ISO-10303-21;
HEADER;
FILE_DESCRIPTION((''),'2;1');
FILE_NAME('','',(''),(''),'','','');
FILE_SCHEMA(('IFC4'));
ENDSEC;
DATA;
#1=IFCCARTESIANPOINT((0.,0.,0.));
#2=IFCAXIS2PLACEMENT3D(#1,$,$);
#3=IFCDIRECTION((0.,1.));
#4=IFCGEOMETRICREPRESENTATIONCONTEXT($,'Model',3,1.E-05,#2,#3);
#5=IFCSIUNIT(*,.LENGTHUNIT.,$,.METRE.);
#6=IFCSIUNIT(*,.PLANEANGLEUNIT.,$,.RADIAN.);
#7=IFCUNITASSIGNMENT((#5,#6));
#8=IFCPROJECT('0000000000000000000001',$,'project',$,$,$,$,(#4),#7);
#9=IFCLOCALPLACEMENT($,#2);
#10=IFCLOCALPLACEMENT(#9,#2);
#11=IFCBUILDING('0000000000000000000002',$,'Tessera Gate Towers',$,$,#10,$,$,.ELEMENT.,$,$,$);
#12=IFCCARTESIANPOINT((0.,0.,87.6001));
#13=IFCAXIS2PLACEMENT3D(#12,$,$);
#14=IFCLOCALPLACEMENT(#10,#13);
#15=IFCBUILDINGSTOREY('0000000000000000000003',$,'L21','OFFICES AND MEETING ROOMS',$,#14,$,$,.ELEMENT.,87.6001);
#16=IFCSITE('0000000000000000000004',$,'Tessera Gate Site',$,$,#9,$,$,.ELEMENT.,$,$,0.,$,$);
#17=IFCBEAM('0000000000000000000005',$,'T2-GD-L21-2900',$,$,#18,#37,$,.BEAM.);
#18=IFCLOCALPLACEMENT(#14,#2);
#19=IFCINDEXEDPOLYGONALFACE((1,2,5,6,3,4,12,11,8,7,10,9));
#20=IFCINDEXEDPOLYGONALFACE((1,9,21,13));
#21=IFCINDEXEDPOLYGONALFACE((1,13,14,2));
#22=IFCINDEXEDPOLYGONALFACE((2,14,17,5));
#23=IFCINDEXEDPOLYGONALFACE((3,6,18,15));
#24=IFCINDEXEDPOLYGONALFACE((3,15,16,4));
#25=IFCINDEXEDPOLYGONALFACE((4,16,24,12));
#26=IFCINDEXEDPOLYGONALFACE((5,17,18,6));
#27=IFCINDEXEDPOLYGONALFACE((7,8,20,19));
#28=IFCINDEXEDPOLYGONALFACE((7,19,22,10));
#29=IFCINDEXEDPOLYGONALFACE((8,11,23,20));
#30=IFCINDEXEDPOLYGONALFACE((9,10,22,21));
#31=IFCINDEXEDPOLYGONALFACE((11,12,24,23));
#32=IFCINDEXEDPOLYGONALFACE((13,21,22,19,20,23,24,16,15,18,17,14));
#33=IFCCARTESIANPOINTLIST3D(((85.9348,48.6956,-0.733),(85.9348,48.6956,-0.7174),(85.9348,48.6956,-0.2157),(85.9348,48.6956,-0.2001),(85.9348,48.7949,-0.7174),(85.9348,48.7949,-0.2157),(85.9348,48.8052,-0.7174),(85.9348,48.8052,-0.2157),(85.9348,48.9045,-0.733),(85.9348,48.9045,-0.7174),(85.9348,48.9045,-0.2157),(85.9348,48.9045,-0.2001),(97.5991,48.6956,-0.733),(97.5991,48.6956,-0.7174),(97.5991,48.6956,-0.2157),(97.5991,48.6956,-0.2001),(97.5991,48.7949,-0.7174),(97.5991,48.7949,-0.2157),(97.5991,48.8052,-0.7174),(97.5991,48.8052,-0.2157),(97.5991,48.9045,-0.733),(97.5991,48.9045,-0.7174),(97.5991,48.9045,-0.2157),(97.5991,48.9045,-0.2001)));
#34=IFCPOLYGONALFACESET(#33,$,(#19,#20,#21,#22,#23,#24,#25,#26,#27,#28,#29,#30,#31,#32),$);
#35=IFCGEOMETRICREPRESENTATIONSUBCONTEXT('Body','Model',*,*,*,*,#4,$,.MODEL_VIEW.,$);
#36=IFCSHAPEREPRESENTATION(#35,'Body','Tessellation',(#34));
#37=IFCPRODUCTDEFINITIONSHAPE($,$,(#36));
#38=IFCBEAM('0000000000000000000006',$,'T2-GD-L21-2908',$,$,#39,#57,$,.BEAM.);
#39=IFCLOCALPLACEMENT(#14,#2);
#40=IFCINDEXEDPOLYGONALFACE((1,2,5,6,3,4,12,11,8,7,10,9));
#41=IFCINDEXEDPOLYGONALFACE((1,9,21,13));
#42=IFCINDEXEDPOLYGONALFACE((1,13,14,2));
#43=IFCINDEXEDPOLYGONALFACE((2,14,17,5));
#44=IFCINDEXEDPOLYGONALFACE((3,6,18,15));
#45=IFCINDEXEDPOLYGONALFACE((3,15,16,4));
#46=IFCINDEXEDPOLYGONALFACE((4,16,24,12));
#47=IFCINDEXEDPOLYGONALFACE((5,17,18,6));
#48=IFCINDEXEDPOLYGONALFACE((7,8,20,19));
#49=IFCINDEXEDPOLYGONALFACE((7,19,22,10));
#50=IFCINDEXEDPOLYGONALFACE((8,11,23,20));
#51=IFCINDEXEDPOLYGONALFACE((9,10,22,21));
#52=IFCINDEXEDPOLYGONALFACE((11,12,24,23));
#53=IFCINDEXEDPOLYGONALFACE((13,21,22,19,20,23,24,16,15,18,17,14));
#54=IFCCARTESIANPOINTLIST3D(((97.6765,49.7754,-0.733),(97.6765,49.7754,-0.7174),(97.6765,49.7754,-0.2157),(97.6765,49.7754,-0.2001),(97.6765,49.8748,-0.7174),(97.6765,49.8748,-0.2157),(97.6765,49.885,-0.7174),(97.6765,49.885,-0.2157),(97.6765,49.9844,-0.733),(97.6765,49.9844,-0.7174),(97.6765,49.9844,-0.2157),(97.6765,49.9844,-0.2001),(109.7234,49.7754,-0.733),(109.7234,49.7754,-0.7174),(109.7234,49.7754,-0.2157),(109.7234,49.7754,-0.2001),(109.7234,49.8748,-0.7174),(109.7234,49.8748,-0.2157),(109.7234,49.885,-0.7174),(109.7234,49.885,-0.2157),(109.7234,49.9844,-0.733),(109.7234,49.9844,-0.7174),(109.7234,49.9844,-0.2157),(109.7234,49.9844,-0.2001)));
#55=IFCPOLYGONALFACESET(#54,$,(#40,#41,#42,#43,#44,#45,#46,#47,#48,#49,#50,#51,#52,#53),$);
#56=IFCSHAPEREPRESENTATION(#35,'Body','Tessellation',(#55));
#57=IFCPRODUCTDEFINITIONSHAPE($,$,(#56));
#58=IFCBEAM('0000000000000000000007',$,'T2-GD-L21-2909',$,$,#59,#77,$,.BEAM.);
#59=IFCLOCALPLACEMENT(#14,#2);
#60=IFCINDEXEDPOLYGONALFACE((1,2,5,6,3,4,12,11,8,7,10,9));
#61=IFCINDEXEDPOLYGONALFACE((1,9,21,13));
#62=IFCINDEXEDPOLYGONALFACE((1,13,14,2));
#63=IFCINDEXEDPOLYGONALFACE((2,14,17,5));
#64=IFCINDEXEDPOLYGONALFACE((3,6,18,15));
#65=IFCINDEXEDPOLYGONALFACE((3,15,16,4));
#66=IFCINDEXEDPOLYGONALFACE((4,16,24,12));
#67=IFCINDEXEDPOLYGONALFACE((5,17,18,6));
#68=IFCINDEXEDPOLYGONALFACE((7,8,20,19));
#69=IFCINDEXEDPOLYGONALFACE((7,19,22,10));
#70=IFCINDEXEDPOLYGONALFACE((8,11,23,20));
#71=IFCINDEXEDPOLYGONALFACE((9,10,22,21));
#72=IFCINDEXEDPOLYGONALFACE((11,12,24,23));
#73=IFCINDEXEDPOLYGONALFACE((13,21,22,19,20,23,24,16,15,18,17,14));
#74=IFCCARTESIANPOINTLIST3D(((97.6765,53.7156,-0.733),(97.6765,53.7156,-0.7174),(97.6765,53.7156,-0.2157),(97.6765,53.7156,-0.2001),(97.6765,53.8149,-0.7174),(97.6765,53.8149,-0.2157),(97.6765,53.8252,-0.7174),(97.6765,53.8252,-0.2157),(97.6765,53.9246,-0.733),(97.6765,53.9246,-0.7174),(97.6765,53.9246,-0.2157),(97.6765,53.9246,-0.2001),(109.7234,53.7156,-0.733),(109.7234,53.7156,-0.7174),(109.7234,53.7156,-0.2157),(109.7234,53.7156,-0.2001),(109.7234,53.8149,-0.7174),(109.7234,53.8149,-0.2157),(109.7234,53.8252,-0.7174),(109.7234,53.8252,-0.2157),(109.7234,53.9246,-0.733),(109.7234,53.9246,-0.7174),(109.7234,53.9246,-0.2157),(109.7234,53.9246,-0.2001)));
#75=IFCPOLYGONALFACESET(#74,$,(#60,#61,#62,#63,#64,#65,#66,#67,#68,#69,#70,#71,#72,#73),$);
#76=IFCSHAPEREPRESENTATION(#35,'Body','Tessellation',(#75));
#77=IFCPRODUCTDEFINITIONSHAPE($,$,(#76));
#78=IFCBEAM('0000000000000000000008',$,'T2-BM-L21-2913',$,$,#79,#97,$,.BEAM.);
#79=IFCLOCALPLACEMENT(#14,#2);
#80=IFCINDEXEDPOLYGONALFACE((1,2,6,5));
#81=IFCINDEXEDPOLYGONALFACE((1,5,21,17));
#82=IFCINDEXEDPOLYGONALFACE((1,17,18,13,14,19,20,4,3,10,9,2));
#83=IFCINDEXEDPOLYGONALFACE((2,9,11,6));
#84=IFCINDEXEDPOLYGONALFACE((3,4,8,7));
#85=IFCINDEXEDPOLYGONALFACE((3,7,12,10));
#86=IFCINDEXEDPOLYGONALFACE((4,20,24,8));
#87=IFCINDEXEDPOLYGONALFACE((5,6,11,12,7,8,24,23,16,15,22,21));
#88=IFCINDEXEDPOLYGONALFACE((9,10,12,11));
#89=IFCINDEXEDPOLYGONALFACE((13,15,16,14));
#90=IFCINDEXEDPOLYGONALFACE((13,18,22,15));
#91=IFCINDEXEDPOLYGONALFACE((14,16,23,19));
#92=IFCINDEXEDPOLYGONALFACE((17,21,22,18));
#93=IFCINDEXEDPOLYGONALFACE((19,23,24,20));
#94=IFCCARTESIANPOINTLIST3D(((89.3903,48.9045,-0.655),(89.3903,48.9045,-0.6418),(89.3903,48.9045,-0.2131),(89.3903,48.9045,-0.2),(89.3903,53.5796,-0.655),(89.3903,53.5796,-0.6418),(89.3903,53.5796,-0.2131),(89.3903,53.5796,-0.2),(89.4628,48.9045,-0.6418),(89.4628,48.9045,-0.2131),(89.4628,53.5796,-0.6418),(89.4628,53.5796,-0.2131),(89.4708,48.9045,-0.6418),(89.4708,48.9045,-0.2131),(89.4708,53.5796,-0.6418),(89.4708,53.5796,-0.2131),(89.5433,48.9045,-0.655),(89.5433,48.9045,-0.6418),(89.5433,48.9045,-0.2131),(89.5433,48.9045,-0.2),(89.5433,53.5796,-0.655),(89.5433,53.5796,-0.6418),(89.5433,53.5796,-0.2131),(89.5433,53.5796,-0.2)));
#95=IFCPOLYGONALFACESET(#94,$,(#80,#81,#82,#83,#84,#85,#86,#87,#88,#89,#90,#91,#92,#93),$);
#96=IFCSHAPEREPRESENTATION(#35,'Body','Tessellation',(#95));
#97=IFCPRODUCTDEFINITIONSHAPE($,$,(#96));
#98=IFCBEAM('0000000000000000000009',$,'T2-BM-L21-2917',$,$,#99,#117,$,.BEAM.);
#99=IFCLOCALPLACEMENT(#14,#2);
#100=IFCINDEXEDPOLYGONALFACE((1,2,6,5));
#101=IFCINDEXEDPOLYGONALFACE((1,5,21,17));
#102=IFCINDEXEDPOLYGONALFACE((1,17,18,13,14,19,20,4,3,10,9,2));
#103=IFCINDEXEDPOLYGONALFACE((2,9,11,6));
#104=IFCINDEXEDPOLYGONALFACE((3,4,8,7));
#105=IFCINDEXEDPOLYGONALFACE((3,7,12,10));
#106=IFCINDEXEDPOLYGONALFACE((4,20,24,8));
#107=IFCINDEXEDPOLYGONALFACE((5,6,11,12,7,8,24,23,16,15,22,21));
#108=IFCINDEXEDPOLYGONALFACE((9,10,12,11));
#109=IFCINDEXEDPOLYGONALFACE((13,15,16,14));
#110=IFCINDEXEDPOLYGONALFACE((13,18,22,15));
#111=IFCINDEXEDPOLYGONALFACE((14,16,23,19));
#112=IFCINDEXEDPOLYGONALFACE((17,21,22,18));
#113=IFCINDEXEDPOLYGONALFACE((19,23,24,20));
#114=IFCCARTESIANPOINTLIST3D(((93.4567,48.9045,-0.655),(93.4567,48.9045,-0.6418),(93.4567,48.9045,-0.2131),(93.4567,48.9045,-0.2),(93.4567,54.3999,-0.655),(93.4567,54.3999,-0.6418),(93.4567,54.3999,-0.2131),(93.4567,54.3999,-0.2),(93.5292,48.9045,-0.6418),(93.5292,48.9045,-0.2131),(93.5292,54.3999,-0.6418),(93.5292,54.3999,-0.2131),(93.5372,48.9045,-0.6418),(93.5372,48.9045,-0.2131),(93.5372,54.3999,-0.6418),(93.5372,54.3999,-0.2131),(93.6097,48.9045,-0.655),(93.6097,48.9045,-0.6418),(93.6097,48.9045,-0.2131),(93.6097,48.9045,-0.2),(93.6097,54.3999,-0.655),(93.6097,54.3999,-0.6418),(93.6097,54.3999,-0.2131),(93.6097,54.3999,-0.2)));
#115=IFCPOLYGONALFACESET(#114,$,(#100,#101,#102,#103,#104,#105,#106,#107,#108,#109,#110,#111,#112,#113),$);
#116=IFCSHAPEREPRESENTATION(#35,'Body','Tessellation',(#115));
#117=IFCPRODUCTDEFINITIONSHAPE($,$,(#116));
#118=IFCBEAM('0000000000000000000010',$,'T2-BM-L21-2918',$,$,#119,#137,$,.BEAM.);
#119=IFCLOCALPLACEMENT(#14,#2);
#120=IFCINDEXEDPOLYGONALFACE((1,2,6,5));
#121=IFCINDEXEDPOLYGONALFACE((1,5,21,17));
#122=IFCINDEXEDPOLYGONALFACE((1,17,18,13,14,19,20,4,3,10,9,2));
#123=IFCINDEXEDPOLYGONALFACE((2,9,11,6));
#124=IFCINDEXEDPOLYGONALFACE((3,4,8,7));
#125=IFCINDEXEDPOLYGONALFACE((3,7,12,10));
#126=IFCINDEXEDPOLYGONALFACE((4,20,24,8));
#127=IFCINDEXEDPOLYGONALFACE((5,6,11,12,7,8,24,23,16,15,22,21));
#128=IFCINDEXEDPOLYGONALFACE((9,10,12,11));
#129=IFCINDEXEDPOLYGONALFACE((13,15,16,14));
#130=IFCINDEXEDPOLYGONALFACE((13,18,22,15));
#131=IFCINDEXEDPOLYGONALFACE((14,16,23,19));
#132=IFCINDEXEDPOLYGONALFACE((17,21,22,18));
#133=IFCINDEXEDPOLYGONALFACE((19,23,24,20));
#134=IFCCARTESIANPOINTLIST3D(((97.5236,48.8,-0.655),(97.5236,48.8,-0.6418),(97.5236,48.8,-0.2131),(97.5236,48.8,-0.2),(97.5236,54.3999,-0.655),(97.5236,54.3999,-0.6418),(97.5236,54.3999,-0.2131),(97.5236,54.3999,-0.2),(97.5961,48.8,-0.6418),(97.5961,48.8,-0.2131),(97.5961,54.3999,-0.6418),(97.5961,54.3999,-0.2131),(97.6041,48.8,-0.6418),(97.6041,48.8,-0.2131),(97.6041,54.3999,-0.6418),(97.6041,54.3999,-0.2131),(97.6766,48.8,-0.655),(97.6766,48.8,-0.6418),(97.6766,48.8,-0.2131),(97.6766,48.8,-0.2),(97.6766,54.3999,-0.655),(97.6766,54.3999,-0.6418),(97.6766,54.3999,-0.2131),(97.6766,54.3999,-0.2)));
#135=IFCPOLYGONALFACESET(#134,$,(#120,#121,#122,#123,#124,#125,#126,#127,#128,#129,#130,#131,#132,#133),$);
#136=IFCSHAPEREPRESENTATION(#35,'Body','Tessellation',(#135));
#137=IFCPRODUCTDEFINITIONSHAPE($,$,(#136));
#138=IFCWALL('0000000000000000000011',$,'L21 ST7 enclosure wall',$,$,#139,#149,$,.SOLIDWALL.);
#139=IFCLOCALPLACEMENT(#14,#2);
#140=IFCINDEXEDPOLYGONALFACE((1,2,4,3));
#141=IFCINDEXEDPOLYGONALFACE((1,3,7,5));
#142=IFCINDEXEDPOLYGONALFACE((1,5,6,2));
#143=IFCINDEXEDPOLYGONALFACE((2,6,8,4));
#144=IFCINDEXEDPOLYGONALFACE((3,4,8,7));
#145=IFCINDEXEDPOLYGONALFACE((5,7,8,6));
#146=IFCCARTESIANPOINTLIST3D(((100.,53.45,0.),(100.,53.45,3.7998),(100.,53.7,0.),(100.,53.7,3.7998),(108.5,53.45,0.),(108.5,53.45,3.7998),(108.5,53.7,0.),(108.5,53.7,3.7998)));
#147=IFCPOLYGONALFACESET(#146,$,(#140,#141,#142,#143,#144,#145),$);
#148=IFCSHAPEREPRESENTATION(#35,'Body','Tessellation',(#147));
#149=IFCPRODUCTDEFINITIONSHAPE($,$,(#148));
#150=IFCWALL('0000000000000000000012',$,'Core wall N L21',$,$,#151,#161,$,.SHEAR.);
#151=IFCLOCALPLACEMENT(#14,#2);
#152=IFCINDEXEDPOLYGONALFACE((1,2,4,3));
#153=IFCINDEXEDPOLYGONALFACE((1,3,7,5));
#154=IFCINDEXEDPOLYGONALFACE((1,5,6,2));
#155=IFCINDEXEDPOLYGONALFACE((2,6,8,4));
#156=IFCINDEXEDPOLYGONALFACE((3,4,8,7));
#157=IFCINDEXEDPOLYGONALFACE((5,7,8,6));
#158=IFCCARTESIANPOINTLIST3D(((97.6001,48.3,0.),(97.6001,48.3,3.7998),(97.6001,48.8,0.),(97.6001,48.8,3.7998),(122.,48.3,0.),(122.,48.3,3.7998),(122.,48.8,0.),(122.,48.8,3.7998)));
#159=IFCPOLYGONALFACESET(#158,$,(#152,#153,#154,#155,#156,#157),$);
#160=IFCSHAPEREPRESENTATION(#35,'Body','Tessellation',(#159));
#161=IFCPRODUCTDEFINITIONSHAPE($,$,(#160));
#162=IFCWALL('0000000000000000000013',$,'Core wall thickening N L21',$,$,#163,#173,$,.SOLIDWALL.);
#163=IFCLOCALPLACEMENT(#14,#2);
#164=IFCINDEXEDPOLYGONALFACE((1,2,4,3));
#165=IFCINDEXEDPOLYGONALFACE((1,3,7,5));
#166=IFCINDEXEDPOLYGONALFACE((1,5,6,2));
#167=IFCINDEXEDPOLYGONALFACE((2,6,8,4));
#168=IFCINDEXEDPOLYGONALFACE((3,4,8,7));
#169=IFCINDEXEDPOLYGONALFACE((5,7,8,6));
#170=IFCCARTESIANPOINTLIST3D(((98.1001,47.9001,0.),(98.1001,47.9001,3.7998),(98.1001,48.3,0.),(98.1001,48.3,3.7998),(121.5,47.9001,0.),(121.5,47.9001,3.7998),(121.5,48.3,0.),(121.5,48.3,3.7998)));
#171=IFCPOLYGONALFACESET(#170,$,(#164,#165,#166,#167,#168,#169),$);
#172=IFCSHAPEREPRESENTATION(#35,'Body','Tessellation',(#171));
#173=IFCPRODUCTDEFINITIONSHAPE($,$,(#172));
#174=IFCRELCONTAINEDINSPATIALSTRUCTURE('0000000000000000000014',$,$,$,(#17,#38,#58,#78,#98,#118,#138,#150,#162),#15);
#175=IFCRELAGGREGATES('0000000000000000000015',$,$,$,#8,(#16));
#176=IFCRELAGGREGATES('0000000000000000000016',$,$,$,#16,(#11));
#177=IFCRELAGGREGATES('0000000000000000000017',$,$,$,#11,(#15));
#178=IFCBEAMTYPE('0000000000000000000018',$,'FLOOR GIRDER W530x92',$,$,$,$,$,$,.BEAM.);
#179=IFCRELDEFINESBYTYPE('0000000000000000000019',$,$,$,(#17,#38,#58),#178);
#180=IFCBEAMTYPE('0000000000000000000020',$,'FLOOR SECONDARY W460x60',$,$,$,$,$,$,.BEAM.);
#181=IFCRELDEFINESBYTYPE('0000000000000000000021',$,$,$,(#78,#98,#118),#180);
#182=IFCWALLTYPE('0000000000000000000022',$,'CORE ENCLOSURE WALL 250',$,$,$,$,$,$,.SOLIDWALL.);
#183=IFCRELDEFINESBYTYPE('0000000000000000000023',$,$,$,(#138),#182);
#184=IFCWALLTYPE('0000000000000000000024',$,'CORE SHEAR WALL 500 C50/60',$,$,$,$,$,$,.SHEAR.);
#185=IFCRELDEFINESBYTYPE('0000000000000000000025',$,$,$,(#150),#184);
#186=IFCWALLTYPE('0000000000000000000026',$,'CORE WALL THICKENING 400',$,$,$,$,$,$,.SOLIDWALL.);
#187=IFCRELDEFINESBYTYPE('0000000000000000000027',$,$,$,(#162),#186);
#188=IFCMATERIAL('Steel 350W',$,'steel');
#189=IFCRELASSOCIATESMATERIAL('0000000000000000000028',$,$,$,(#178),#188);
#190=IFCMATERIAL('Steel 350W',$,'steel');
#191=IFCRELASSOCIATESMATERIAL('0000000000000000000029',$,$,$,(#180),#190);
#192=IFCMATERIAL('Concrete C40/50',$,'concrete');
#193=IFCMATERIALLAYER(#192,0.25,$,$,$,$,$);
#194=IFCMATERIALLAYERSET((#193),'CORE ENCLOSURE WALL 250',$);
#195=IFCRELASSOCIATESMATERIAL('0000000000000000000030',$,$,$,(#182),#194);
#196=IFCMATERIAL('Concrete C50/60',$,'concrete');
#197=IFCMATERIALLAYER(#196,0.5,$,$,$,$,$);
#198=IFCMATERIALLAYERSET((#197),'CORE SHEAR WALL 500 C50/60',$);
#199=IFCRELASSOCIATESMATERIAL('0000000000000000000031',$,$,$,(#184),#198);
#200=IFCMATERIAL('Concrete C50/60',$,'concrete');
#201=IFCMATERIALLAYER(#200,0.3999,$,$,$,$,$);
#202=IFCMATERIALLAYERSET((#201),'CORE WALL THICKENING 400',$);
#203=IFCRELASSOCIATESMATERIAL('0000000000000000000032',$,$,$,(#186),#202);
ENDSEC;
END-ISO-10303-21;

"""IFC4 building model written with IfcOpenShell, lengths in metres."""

from ifc_helpers import new_model, si_unit, direction, frame, frame_2d, origin, origin_2d, place, context, subcontext, project, spatial, rectangle, i_section, extrude, material, layer, layer_set, material_profile, profile_set, type_object, element, save


model = new_model("IFC4")

# Units and contexts
model_context = context("Model", 3, precision=1e-05, world=origin(), true_north=direction((0.0, 1.0)))
body_context = subcontext(model_context, "Body", "Model", "MODEL_VIEW")
ifc_project = project(units=[si_unit("LENGTHUNIT", "METRE"), si_unit("PLANEANGLEUNIT", "RADIAN")], contexts=[model_context])

# Site, building, storey
site_placement = place(None, origin())
site = spatial("IfcSite", under=ifc_project, at=site_placement, Name="Tessera Gate Site", CompositionType="ELEMENT", RefElevation=0.0)
building_placement = place(site_placement, origin())
building = spatial("IfcBuilding", under=site, at=building_placement, Name="Tessera Gate Towers", CompositionType="ELEMENT")
storey_placement = place(building_placement, frame((0.0, 0.0, 87.6001)))
storey = spatial("IfcBuildingStorey", under=building, at=storey_placement, Name="L21", Description="OFFICES AND MEETING ROOMS", CompositionType="ELEMENT", Elevation=87.6001)

# Beams
ifc_material_1 = material(Name="Steel 350W", Category="steel")
ifc_material_profile_1 = material_profile(ifc_material_1, i_section(OverallWidth=0.209, OverallDepth=0.533, WebThickness=0.0103, FlangeThickness=0.0156, at=origin_2d()), Name="W530x92")
ifc_profile_set_1 = profile_set([ifc_material_profile_1], Name="Steel 350W")
beam_type_1 = type_object("IfcBeamType", Name="FLOOR GIRDER W530x92", PredefinedType="BEAM", material=ifc_profile_set_1)
beam_1_placement = place(storey_placement, frame((85.9348, 48.8, -0.4666), z_axis=(1.0, 0.0, 0.0), x_axis=(0.0, 1.0, 0.0)))
element("IfcBeam", 1, at=beam_1_placement, inside=storey, type_object=beam_type_1, Name="T2-GD-L21-2900", PredefinedType="BEAM", context=body_context, shape_type="SweptSolid", body=[
    extrude(i_section(OverallWidth=0.209, OverallDepth=0.533, WebThickness=0.0103, FlangeThickness=0.0156, at=origin_2d()), origin(), (0.0, 0.0, 1.0), 11.6643),
])
for number, where, z_axis, x_axis, name in (
    (2, (97.6765, 49.8799, -0.4666), (1.0, 0.0, 0.0), (0.0, 1.0, 0.0), "T2-GD-L21-2908"),
    (3, (97.6765, 53.8201, -0.4666), (1.0, 0.0, 0.0), (0.0, 1.0, 0.0), "T2-GD-L21-2909"),
):
    element("IfcBeam", number, at=place(storey_placement, frame(where, z_axis=z_axis, x_axis=x_axis)), inside=storey, type_object=beam_type_1, Name=name, PredefinedType="BEAM", context=body_context, shape_type="SweptSolid", body=[
        extrude(i_section(OverallWidth=0.209, OverallDepth=0.533, WebThickness=0.0103, FlangeThickness=0.0156, at=origin_2d()), origin(), (0.0, 0.0, 1.0), 12.0469),
    ])
ifc_material_2 = material(Name="Steel 350W", Category="steel")
ifc_material_profile_2 = material_profile(ifc_material_2, i_section(OverallWidth=0.1531, OverallDepth=0.4551, WebThickness=0.0081, FlangeThickness=0.0132, at=origin_2d()), Name="W460x60")
ifc_profile_set_2 = profile_set([ifc_material_profile_2], Name="Steel 350W")
beam_type_2 = type_object("IfcBeamType", Name="FLOOR SECONDARY W460x60", PredefinedType="BEAM", material=ifc_profile_set_2)
beam_2_placement = place(storey_placement, frame((89.4668, 48.9045, -0.4275), z_axis=(0.0, 1.0, 0.0), x_axis=(-1.0, 0.0, 0.0)))
element("IfcBeam", 4, at=beam_2_placement, inside=storey, type_object=beam_type_2, Name="T2-BM-L21-2913", PredefinedType="BEAM", context=body_context, shape_type="SweptSolid", body=[
    extrude(i_section(OverallWidth=0.1531, OverallDepth=0.4551, WebThickness=0.0081, FlangeThickness=0.0132, at=origin_2d()), origin(), (0.0, 0.0, 1.0), 4.675),
])
beam_3_placement = place(storey_placement, frame((93.5332, 48.9045, -0.4275), z_axis=(0.0, 1.0, 0.0), x_axis=(-1.0, 0.0, 0.0)))
element("IfcBeam", 5, at=beam_3_placement, inside=storey, type_object=beam_type_2, Name="T2-BM-L21-2917", PredefinedType="BEAM", context=body_context, shape_type="SweptSolid", body=[
    extrude(i_section(OverallWidth=0.1531, OverallDepth=0.4551, WebThickness=0.0081, FlangeThickness=0.0132, at=origin_2d()), origin(), (0.0, 0.0, 1.0), 5.4954),
])
beam_4_placement = place(storey_placement, frame((97.6001, 48.8, -0.4275), z_axis=(0.0, 1.0, 0.0), x_axis=(-1.0, 0.0, 0.0)))
element("IfcBeam", 6, at=beam_4_placement, inside=storey, type_object=beam_type_2, Name="T2-BM-L21-2918", PredefinedType="BEAM", context=body_context, shape_type="SweptSolid", body=[
    extrude(i_section(OverallWidth=0.1531, OverallDepth=0.4551, WebThickness=0.0081, FlangeThickness=0.0132, at=origin_2d()), origin(), (0.0, 0.0, 1.0), 5.5999),
])

# Walls
ifc_material_3 = material(Name="Concrete C40/50", Category="concrete")
ifc_layer_1 = layer(ifc_material_3, 0.25)
ifc_layer_set_1 = layer_set([ifc_layer_1], Name="CORE ENCLOSURE WALL 250")
wall_type_1 = type_object("IfcWallType", Name="CORE ENCLOSURE WALL 250", PredefinedType="SOLIDWALL", material=ifc_layer_set_1)
wall_1_placement = place(storey_placement, frame((100.0, 53.575, 0.0), z_axis=(0.0, 0.0, 1.0), x_axis=(1.0, 0.0, 0.0)))
element("IfcWall", 7, at=wall_1_placement, inside=storey, type_object=wall_type_1, Name="L21 ST7 enclosure wall", PredefinedType="SOLIDWALL", context=body_context, shape_type="SweptSolid", body=[
    extrude(rectangle(XDim=8.5, YDim=0.25, at=frame_2d((4.25, 0.0))), origin(), (0.0, 0.0, 1.0), 3.7998),
])
ifc_material_4 = material(Name="Concrete C50/60", Category="concrete")
ifc_layer_2 = layer(ifc_material_4, 0.5)
ifc_layer_set_2 = layer_set([ifc_layer_2], Name="CORE SHEAR WALL 500 C50/60")
wall_type_2 = type_object("IfcWallType", Name="CORE SHEAR WALL 500 C50/60", PredefinedType="SHEAR", material=ifc_layer_set_2)
wall_2_placement = place(storey_placement, frame((97.6001, 48.55, 0.0), z_axis=(0.0, 0.0, 1.0), x_axis=(1.0, 0.0, 0.0)))
element("IfcWall", 8, at=wall_2_placement, inside=storey, type_object=wall_type_2, Name="Core wall N L21", PredefinedType="SHEAR", context=body_context, shape_type="SweptSolid", body=[
    extrude(rectangle(XDim=24.3999, YDim=0.5, at=frame_2d((12.2, 0.0))), origin(), (0.0, 0.0, 1.0), 3.7998),
])
ifc_material_5 = material(Name="Concrete C50/60", Category="concrete")
ifc_layer_3 = layer(ifc_material_5, 0.3999)
ifc_layer_set_3 = layer_set([ifc_layer_3], Name="CORE WALL THICKENING 400")
wall_type_3 = type_object("IfcWallType", Name="CORE WALL THICKENING 400", PredefinedType="SOLIDWALL", material=ifc_layer_set_3)
wall_3_placement = place(storey_placement, frame((98.1001, 48.1001, 0.0), z_axis=(0.0, 0.0, 1.0), x_axis=(1.0, 0.0, 0.0)))
element("IfcWall", 9, at=wall_3_placement, inside=storey, type_object=wall_type_3, Name="Core wall thickening N L21", PredefinedType="SOLIDWALL", context=body_context, shape_type="SweptSolid", body=[
    extrude(rectangle(XDim=23.3999, YDim=0.3999, at=frame_2d((11.7, 0.0))), origin(), (0.0, 0.0, 1.0), 3.7998),
])

save(model, "model.ifc")
